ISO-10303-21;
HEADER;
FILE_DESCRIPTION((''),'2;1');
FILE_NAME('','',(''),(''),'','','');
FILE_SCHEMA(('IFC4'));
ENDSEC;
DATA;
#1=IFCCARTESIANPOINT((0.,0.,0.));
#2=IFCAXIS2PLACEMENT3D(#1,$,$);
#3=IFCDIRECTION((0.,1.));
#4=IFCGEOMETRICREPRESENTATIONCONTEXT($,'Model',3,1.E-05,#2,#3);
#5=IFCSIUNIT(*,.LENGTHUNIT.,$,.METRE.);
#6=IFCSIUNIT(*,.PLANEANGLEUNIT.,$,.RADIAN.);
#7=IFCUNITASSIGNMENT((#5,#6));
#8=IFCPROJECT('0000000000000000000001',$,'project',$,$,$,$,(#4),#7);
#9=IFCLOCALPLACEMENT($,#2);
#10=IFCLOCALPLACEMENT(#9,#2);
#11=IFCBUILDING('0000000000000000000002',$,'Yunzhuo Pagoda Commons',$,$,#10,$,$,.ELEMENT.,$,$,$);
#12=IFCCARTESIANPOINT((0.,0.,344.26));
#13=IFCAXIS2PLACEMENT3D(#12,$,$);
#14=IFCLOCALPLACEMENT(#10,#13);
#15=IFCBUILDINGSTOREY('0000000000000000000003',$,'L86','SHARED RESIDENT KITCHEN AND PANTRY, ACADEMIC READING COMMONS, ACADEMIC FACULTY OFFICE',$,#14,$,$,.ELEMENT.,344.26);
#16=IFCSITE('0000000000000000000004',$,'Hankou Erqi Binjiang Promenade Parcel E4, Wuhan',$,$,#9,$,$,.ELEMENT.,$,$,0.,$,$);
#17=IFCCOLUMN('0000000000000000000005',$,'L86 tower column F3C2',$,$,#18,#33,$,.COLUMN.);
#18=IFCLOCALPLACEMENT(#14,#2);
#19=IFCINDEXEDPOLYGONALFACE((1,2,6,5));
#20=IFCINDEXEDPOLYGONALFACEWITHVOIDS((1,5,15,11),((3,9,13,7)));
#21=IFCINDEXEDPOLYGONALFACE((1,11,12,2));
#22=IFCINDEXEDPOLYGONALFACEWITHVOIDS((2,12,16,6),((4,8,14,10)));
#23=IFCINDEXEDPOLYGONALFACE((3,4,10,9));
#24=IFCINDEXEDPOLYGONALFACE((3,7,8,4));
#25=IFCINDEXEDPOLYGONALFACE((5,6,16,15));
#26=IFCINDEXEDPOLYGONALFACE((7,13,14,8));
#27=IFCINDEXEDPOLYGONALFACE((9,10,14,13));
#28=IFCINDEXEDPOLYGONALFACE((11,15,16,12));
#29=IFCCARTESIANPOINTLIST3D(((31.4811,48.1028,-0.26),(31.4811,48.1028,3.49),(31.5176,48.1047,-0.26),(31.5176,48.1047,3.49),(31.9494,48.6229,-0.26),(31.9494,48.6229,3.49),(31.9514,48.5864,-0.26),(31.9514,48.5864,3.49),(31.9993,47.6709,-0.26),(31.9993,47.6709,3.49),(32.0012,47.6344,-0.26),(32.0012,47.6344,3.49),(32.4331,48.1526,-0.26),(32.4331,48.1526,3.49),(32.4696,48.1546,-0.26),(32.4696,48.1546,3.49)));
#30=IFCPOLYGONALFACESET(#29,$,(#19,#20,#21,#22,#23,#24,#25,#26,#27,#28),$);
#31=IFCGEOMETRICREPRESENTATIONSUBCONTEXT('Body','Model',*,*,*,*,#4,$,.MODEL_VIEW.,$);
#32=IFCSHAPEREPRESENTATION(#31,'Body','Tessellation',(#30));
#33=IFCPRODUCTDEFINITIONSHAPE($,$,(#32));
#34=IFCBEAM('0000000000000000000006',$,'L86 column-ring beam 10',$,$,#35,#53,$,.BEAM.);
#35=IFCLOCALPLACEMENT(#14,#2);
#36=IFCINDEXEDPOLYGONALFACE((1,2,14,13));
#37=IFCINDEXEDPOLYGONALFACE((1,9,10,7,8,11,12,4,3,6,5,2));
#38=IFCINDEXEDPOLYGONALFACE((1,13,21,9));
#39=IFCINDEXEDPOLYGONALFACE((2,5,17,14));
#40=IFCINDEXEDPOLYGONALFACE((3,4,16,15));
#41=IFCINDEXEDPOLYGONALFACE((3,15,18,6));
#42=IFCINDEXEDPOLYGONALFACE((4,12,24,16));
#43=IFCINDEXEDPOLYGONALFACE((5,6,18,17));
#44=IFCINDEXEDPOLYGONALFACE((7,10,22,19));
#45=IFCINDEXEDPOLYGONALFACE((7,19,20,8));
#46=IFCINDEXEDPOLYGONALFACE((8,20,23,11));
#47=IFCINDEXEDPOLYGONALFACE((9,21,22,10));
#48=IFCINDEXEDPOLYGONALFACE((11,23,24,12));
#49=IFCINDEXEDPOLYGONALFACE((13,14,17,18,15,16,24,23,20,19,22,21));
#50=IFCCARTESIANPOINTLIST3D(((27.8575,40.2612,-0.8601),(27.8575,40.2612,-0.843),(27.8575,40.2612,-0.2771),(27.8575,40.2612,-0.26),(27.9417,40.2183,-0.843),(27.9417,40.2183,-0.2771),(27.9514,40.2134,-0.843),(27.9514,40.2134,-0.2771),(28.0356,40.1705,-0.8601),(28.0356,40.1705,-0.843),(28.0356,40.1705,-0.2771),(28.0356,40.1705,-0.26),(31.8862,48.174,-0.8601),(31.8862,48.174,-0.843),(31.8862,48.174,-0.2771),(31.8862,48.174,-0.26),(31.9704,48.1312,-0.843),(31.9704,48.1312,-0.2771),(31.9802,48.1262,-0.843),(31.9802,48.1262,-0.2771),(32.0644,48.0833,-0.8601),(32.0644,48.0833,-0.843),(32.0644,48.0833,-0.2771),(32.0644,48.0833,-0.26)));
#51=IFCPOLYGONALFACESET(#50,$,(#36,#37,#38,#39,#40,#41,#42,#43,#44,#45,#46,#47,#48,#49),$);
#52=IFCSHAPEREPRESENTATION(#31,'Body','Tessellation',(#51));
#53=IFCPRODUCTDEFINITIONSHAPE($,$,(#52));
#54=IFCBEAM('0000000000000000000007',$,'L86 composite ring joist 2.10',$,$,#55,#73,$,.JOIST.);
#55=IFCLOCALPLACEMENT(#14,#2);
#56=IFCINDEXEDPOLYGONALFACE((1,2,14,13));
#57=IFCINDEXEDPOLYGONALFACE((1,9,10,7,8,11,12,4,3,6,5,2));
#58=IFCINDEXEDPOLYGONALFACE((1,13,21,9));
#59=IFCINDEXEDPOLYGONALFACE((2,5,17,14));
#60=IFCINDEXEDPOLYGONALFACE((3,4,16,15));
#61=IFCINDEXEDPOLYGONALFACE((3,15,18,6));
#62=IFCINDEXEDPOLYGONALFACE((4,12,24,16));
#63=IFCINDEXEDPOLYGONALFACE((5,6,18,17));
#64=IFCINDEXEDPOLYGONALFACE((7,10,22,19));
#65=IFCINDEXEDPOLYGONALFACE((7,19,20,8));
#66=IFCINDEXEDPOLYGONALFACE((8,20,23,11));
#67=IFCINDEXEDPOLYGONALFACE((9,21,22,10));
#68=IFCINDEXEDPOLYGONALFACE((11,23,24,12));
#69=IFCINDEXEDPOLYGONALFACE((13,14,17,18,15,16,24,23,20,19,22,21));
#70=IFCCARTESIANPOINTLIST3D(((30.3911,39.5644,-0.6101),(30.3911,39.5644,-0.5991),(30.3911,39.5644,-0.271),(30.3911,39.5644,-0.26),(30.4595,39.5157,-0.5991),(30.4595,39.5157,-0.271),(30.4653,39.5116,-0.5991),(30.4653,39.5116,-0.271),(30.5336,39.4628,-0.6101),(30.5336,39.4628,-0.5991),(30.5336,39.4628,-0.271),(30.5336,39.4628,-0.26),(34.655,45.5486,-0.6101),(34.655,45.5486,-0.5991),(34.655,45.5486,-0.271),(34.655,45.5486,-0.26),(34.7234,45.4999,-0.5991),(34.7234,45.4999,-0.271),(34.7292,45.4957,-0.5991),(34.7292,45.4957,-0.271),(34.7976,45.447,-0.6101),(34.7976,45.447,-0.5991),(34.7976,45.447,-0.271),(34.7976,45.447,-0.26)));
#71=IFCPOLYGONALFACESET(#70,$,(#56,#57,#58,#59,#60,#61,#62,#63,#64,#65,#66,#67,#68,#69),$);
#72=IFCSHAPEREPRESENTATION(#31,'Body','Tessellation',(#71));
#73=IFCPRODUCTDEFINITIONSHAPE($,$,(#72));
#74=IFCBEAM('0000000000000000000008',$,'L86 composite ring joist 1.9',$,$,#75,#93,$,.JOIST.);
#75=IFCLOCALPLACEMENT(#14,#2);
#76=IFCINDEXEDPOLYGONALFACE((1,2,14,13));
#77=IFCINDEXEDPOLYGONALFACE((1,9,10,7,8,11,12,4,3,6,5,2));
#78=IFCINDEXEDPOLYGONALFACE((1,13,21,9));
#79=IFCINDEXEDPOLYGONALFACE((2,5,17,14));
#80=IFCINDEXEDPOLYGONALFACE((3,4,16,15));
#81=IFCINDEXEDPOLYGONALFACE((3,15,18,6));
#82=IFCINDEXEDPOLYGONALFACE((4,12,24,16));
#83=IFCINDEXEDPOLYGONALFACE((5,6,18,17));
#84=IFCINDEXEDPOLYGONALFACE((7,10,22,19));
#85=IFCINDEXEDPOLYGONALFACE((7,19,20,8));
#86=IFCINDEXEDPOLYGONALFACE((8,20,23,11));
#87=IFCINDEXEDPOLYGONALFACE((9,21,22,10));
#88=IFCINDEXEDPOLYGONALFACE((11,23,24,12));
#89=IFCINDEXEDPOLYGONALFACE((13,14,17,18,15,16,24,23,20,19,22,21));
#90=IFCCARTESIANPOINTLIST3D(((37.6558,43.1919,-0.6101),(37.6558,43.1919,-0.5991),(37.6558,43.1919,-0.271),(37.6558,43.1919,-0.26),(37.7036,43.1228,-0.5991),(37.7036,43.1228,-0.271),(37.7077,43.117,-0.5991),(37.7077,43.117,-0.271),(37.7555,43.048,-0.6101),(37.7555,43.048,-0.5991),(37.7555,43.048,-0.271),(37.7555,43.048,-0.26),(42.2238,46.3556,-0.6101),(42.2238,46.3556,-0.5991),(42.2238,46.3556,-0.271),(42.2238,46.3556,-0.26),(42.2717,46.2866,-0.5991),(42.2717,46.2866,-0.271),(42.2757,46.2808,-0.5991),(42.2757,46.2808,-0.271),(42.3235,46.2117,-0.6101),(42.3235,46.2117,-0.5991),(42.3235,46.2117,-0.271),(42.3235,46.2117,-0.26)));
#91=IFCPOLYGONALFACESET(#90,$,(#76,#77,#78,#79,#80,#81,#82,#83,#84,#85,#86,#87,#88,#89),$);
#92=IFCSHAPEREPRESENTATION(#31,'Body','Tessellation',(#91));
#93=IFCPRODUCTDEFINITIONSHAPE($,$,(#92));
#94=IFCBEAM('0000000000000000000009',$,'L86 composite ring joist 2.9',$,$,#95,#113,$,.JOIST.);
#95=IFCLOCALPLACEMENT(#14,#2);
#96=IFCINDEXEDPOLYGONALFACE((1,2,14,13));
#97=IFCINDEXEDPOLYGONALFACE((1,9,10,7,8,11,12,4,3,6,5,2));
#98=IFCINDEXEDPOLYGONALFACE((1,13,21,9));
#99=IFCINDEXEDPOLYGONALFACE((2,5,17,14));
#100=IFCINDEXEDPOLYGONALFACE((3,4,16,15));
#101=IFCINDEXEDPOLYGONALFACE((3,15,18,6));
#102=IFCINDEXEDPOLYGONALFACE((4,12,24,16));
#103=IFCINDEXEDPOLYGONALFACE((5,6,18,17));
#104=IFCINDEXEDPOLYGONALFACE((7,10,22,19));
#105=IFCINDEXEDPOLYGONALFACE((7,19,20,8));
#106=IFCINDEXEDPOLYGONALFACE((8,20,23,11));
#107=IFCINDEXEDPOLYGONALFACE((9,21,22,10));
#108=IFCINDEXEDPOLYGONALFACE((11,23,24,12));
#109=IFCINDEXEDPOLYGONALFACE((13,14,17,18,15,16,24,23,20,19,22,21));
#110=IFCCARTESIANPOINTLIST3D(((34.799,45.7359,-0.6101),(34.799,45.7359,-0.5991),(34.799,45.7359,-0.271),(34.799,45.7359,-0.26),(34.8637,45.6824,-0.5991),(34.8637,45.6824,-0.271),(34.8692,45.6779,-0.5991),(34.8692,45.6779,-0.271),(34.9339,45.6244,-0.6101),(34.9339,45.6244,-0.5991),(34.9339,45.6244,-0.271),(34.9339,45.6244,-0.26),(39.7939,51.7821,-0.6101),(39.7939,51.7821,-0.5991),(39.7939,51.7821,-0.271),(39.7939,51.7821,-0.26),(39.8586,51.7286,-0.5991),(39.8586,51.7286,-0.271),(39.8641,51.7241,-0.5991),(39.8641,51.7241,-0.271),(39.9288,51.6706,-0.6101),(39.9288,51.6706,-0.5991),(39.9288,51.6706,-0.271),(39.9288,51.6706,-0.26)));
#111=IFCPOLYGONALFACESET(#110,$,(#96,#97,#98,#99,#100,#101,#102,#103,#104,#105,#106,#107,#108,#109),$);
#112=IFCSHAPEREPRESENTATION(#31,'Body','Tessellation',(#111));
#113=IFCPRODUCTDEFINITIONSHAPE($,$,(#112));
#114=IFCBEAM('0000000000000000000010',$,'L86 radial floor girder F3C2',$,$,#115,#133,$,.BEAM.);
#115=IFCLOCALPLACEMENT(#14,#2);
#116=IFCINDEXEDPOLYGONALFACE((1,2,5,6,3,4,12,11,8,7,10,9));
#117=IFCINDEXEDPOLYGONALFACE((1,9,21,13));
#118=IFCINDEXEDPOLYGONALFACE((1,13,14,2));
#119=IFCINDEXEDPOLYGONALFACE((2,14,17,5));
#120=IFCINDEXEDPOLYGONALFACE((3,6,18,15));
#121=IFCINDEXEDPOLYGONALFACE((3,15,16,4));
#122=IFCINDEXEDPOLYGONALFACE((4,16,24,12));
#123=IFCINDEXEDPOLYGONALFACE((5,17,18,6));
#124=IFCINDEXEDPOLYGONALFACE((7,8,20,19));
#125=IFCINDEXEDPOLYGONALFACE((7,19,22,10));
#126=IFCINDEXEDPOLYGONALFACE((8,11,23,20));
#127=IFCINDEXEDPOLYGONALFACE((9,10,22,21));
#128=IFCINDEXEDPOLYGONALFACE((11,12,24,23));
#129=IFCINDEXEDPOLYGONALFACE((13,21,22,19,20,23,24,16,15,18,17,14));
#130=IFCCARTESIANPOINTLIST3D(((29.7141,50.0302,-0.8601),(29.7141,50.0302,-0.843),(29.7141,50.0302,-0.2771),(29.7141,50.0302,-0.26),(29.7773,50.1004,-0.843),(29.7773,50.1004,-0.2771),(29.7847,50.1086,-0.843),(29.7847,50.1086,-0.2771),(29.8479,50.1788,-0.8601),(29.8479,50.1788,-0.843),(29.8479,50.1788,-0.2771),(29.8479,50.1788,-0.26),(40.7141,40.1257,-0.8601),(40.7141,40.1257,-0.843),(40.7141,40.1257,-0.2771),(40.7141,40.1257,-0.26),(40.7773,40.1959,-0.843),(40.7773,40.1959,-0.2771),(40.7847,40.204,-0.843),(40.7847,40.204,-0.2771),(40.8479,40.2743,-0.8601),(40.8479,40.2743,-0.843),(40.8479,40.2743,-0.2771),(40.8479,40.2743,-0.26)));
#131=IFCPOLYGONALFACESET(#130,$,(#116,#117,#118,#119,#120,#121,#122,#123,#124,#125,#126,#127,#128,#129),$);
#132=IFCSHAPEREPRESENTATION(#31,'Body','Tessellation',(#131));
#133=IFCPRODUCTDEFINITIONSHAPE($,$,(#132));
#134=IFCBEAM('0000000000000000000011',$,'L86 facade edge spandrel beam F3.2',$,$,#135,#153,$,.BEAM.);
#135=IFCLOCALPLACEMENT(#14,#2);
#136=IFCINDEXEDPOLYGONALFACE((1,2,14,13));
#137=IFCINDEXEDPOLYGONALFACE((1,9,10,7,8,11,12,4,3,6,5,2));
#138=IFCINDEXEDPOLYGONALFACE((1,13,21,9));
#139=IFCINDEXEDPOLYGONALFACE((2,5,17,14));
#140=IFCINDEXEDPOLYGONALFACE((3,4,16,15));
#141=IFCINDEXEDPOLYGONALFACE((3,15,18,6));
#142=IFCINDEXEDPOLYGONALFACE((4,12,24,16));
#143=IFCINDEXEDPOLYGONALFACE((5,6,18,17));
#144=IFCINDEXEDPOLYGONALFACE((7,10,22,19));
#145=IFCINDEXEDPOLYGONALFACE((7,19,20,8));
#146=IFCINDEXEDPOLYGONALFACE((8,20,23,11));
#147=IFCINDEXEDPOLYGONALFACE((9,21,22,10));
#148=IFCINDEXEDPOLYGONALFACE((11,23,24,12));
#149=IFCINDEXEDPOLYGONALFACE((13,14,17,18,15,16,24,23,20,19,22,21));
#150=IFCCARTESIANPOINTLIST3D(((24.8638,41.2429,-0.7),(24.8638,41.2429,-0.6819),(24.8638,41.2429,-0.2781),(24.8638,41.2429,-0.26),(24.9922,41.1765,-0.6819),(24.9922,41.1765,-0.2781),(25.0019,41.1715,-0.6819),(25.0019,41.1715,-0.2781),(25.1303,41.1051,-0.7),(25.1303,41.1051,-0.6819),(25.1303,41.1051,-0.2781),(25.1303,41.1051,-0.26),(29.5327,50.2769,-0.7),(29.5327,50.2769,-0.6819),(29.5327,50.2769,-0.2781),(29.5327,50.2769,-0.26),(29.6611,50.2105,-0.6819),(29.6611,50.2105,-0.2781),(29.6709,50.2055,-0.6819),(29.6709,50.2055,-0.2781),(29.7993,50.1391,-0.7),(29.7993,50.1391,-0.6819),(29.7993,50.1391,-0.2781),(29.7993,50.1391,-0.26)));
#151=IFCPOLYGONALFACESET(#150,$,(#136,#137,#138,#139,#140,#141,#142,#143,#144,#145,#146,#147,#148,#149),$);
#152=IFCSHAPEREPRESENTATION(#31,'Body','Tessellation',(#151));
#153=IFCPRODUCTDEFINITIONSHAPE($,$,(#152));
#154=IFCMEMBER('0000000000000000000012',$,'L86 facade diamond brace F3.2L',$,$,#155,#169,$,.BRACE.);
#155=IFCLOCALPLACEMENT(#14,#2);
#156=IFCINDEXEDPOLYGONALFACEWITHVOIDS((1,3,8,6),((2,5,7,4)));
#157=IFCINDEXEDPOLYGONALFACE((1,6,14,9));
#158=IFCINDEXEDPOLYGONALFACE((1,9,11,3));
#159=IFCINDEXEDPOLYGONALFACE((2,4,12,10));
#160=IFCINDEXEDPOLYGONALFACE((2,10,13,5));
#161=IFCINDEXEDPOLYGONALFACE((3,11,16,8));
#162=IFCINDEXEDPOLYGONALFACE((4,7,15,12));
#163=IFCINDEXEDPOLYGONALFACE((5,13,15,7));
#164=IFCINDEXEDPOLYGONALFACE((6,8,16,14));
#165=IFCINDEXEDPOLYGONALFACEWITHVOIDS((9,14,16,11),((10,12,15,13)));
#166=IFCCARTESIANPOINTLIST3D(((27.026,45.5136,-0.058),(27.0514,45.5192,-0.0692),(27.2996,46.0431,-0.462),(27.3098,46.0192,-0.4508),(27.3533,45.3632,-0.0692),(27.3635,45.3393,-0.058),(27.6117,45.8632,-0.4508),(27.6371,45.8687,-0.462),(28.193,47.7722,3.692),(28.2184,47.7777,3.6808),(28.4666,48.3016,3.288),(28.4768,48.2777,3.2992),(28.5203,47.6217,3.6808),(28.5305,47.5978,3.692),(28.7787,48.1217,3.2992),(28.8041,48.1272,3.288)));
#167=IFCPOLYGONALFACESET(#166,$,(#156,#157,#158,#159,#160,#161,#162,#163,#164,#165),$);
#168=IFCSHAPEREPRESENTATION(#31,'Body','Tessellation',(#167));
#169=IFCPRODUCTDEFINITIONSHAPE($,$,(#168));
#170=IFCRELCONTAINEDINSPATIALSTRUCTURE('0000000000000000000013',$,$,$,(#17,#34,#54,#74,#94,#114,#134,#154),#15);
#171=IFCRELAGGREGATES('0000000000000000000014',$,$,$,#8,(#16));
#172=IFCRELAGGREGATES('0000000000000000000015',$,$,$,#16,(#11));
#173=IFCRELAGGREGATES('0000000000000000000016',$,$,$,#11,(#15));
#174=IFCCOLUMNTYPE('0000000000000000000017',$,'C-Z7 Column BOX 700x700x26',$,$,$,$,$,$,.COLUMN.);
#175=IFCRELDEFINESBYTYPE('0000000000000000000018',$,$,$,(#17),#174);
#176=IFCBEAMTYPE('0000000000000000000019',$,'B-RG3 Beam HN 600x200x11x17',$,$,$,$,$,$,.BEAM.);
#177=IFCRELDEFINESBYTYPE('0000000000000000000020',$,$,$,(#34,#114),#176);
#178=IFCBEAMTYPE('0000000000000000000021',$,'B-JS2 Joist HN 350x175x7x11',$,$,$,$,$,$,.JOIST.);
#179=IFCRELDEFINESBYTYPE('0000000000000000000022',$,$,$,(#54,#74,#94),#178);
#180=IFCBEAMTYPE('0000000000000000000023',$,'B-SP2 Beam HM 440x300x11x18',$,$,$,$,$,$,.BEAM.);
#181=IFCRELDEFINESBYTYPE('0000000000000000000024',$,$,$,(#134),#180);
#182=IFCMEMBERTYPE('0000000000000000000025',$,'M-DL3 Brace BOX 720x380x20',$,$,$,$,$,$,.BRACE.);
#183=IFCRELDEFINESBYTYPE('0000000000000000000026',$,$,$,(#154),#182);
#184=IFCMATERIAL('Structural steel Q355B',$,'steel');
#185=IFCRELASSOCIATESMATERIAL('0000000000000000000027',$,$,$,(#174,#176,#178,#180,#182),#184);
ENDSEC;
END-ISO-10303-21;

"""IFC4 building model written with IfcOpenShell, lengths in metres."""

from ifc_helpers import new_model, si_unit, direction, frame, origin, origin_2d, place, context, subcontext, project, spatial, hollow_rectangle, i_section, extrude, source, transform, mapped, material, material_profile, profile_set, type_object, element, save


model = new_model("IFC4")

# Units and contexts
model_context = context("Model", 3, precision=1e-05, world=origin(), true_north=direction((0.0, 1.0)))
body_context = subcontext(model_context, "Body", "Model", "MODEL_VIEW")
ifc_project = project(units=[si_unit("LENGTHUNIT", "METRE"), si_unit("PLANEANGLEUNIT", "RADIAN")], contexts=[model_context])

# Site, building, storey
site_placement = place(None, origin())
site = spatial("IfcSite", under=ifc_project, at=site_placement, Name="Hankou Erqi Binjiang Promenade Parcel E4, Wuhan", CompositionType="ELEMENT", RefElevation=0.0)
building_placement = place(site_placement, origin())
building = spatial("IfcBuilding", under=site, at=building_placement, Name="Yunzhuo Pagoda Commons", CompositionType="ELEMENT")
storey_placement = place(building_placement, frame((0.0, 0.0, 344.26)))
storey = spatial("IfcBuildingStorey", under=building, at=storey_placement, Name="L86", Description="SHARED RESIDENT KITCHEN AND PANTRY, ACADEMIC READING COMMONS, ACADEMIC FACULTY OFFICE", CompositionType="ELEMENT", Elevation=344.26)

# Column
ifc_material_1 = material(Name="Structural steel Q355B", Category="steel")
ifc_material_profile_1 = material_profile(ifc_material_1, hollow_rectangle(XDim=0.7, YDim=0.7, WallThickness=0.0259, at=origin_2d()), Name="Structural steel Q355B")
ifc_profile_set_1 = profile_set([ifc_material_profile_1], Name="Structural steel Q355B")
column_type = type_object("IfcColumnType", Name="C-Z7 Column BOX 700x700x26", PredefinedType="COLUMN", material=ifc_profile_set_1)
shared_shape_1 = source(origin(), body_context, "Body", "SweptSolid", [
    extrude(hollow_rectangle(XDim=0.7, YDim=0.7, WallThickness=0.0259, at=origin_2d()), origin(), (0.0, 0.0, 1.0), 3.75),
])
column_placement = place(storey_placement, frame((31.9753, 48.1287, -0.26), z_axis=(0.0, 0.0, 1.0), x_axis=(-0.669131, -0.743145, 0.0)))
element("IfcColumn", 1, at=column_placement, inside=storey, type_object=column_type, Name="L86 tower column F3C2", PredefinedType="COLUMN", context=body_context, shape_type="MappedRepresentation", body=[
    mapped(shared_shape_1, transform((0.0, 0.0, 0.0), scale=1.0)),
])

# Beams
ifc_material_profile_2 = material_profile(ifc_material_1, i_section(OverallWidth=0.2, OverallDepth=0.6001, WebThickness=0.011, FlangeThickness=0.0171, at=origin_2d()), Name="Structural steel Q355B")
ifc_profile_set_2 = profile_set([ifc_material_profile_2], Name="Structural steel Q355B")
beam_type_1 = type_object("IfcBeamType", Name="B-RG3 Beam HN 600x200x11x17", PredefinedType="BEAM", material=ifc_profile_set_2)
shared_shape_2 = source(origin(), body_context, "Body", "SweptSolid", [
    extrude(i_section(OverallWidth=0.2, OverallDepth=0.6001, WebThickness=0.011, FlangeThickness=0.0171, at=origin_2d()), origin(), (0.0, 0.0, 1.0), 8.8794),
])
beam_1_placement = place(storey_placement, frame((31.9753, 48.1287, -0.5601), z_axis=(-0.453724, -0.891142, 0.0), x_axis=(0.891142, -0.453724, 0.0)))
element("IfcBeam", 2, at=beam_1_placement, inside=storey, type_object=beam_type_1, Name="L86 column-ring beam 10", PredefinedType="BEAM", context=body_context, shape_type="MappedRepresentation", body=[
    mapped(shared_shape_2, transform((0.0, 0.0, 0.0), scale=1.0)),
])
ifc_material_profile_3 = material_profile(ifc_material_1, i_section(OverallWidth=0.175, OverallDepth=0.3501, WebThickness=0.0071, FlangeThickness=0.011, at=origin_2d()), Name="Structural steel Q355B")
ifc_profile_set_3 = profile_set([ifc_material_profile_3], Name="Structural steel Q355B")
beam_type_2 = type_object("IfcBeamType", Name="B-JS2 Joist HN 350x175x7x11", PredefinedType="JOIST", material=ifc_profile_set_3)
shared_shape_3 = source(origin(), body_context, "Body", "SweptSolid", [
    extrude(i_section(OverallWidth=0.175, OverallDepth=0.3501, WebThickness=0.0071, FlangeThickness=0.011, at=origin_2d()), origin(), (0.0, 0.0, 1.0), 7.3479),
])
beam_2_placement = place(storey_placement, frame((34.7263, 45.4978, -0.4351), z_axis=(-0.580295, -0.814406, 0.0), x_axis=(0.814406, -0.580295, 0.0)))
element("IfcBeam", 3, at=beam_2_placement, inside=storey, type_object=beam_type_2, Name="L86 composite ring joist 2.10", PredefinedType="JOIST", context=body_context, shape_type="MappedRepresentation", body=[
    mapped(shared_shape_3, transform((0.0, 0.0, 0.0), scale=1.0)),
])
shared_shape_4 = source(origin(), body_context, "Body", "SweptSolid", [
    extrude(i_section(OverallWidth=0.175, OverallDepth=0.3501, WebThickness=0.0071, FlangeThickness=0.011, at=origin_2d()), origin(), (0.0, 0.0, 1.0), 5.5566),
])
beam_3_placement = place(storey_placement, frame((42.2737, 46.2837, -0.4351), z_axis=(-0.822085, -0.569365, 0.0), x_axis=(0.569365, -0.822085, 0.0)))
element("IfcBeam", 4, at=beam_3_placement, inside=storey, type_object=beam_type_2, Name="L86 composite ring joist 1.9", PredefinedType="JOIST", context=body_context, shape_type="MappedRepresentation", body=[
    mapped(shared_shape_4, transform((0.0, 0.0, 0.0), scale=1.0)),
])
shared_shape_5 = source(origin(), body_context, "Body", "SweptSolid", [
    extrude(i_section(OverallWidth=0.175, OverallDepth=0.3501, WebThickness=0.0071, FlangeThickness=0.011, at=origin_2d()), origin(), (0.0, 0.0, 1.0), 7.8425),
])
beam_4_placement = place(storey_placement, frame((39.8613, 51.7263, -0.4351), z_axis=(-0.636899, -0.770947, 0.0), x_axis=(0.770947, -0.636899, 0.0)))
element("IfcBeam", 5, at=beam_4_placement, inside=storey, type_object=beam_type_2, Name="L86 composite ring joist 2.9", PredefinedType="JOIST", context=body_context, shape_type="MappedRepresentation", body=[
    mapped(shared_shape_5, transform((0.0, 0.0, 0.0), scale=1.0)),
])
shared_shape_6 = source(origin(), body_context, "Body", "SweptSolid", [
    extrude(i_section(OverallWidth=0.2, OverallDepth=0.6001, WebThickness=0.011, FlangeThickness=0.0171, at=origin_2d()), origin(), (0.0, 0.0, 1.0), 14.802),
])
beam_5_placement = place(storey_placement, frame((29.781, 50.1045, -0.5601), z_axis=(0.743142, -0.669134, 0.0), x_axis=(0.669134, 0.743142, 0.0)))
element("IfcBeam", 6, at=beam_5_placement, inside=storey, type_object=beam_type_1, Name="L86 radial floor girder F3C2", PredefinedType="BEAM", context=body_context, shape_type="MappedRepresentation", body=[
    mapped(shared_shape_6, transform((0.0, 0.0, 0.0), scale=1.0)),
])
ifc_material_profile_4 = material_profile(ifc_material_1, i_section(OverallWidth=0.3, OverallDepth=0.4399, WebThickness=0.011, FlangeThickness=0.0181, at=origin_2d()), Name="Structural steel Q355B")
ifc_profile_set_4 = profile_set([ifc_material_profile_4], Name="Structural steel Q355B")
beam_type_3 = type_object("IfcBeamType", Name="B-SP2 Beam HM 440x300x11x18", PredefinedType="BEAM", material=ifc_profile_set_4)
shared_shape_7 = source(origin(), body_context, "Body", "SweptSolid", [
    extrude(i_section(OverallWidth=0.3, OverallDepth=0.4399, WebThickness=0.011, FlangeThickness=0.0181, at=origin_2d()), origin(), (0.0, 0.0, 1.0), 10.1692),
])
beam_6_placement = place(storey_placement, frame((29.666, 50.208, -0.48), z_axis=(-0.45913, -0.888369, 0.0), x_axis=(0.888369, -0.45913, 0.0)))
element("IfcBeam", 7, at=beam_6_placement, inside=storey, type_object=beam_type_3, Name="L86 facade edge spandrel beam F3.2", PredefinedType="BEAM", context=body_context, shape_type="MappedRepresentation", body=[
    mapped(shared_shape_7, transform((0.0, 0.0, 0.0), scale=1.0)),
])

# Member
ifc_material_profile_5 = material_profile(ifc_material_1, hollow_rectangle(XDim=0.3799, YDim=0.72, WallThickness=0.02, at=origin_2d()), Name="Structural steel Q355B")
ifc_profile_set_5 = profile_set([ifc_material_profile_5], Name="Structural steel Q355B")
member_type_1 = type_object("IfcMemberType", Name="M-DL3 Brace BOX 720x380x20", PredefinedType="BRACE", material=ifc_profile_set_5)
shared_shape_8 = source(origin(), body_context, "Body", "SweptSolid", [
    extrude(hollow_rectangle(XDim=0.3799, YDim=0.72, WallThickness=0.02, at=origin_2d()), origin(), (0.0, 0.0, 1.0), 4.5305),
])
for number, where, z_axis, x_axis, name in (
    (8, (27.3315, 45.6912, -0.26), (0.257586, 0.49852, 0.827724), (-0.888414, 0.459044, 0.0), "L86 facade diamond brace F3.2L"),
):
    element("IfcMember", number, at=place(storey_placement, frame(where, z_axis=z_axis, x_axis=x_axis)), inside=storey, type_object=member_type_1, Name=name, PredefinedType="BRACE", context=body_context, shape_type="MappedRepresentation", body=[
        mapped(shared_shape_8, transform((0.0, 0.0, 0.0), scale=1.0)),
    ])

save(model, "model.ifc")
